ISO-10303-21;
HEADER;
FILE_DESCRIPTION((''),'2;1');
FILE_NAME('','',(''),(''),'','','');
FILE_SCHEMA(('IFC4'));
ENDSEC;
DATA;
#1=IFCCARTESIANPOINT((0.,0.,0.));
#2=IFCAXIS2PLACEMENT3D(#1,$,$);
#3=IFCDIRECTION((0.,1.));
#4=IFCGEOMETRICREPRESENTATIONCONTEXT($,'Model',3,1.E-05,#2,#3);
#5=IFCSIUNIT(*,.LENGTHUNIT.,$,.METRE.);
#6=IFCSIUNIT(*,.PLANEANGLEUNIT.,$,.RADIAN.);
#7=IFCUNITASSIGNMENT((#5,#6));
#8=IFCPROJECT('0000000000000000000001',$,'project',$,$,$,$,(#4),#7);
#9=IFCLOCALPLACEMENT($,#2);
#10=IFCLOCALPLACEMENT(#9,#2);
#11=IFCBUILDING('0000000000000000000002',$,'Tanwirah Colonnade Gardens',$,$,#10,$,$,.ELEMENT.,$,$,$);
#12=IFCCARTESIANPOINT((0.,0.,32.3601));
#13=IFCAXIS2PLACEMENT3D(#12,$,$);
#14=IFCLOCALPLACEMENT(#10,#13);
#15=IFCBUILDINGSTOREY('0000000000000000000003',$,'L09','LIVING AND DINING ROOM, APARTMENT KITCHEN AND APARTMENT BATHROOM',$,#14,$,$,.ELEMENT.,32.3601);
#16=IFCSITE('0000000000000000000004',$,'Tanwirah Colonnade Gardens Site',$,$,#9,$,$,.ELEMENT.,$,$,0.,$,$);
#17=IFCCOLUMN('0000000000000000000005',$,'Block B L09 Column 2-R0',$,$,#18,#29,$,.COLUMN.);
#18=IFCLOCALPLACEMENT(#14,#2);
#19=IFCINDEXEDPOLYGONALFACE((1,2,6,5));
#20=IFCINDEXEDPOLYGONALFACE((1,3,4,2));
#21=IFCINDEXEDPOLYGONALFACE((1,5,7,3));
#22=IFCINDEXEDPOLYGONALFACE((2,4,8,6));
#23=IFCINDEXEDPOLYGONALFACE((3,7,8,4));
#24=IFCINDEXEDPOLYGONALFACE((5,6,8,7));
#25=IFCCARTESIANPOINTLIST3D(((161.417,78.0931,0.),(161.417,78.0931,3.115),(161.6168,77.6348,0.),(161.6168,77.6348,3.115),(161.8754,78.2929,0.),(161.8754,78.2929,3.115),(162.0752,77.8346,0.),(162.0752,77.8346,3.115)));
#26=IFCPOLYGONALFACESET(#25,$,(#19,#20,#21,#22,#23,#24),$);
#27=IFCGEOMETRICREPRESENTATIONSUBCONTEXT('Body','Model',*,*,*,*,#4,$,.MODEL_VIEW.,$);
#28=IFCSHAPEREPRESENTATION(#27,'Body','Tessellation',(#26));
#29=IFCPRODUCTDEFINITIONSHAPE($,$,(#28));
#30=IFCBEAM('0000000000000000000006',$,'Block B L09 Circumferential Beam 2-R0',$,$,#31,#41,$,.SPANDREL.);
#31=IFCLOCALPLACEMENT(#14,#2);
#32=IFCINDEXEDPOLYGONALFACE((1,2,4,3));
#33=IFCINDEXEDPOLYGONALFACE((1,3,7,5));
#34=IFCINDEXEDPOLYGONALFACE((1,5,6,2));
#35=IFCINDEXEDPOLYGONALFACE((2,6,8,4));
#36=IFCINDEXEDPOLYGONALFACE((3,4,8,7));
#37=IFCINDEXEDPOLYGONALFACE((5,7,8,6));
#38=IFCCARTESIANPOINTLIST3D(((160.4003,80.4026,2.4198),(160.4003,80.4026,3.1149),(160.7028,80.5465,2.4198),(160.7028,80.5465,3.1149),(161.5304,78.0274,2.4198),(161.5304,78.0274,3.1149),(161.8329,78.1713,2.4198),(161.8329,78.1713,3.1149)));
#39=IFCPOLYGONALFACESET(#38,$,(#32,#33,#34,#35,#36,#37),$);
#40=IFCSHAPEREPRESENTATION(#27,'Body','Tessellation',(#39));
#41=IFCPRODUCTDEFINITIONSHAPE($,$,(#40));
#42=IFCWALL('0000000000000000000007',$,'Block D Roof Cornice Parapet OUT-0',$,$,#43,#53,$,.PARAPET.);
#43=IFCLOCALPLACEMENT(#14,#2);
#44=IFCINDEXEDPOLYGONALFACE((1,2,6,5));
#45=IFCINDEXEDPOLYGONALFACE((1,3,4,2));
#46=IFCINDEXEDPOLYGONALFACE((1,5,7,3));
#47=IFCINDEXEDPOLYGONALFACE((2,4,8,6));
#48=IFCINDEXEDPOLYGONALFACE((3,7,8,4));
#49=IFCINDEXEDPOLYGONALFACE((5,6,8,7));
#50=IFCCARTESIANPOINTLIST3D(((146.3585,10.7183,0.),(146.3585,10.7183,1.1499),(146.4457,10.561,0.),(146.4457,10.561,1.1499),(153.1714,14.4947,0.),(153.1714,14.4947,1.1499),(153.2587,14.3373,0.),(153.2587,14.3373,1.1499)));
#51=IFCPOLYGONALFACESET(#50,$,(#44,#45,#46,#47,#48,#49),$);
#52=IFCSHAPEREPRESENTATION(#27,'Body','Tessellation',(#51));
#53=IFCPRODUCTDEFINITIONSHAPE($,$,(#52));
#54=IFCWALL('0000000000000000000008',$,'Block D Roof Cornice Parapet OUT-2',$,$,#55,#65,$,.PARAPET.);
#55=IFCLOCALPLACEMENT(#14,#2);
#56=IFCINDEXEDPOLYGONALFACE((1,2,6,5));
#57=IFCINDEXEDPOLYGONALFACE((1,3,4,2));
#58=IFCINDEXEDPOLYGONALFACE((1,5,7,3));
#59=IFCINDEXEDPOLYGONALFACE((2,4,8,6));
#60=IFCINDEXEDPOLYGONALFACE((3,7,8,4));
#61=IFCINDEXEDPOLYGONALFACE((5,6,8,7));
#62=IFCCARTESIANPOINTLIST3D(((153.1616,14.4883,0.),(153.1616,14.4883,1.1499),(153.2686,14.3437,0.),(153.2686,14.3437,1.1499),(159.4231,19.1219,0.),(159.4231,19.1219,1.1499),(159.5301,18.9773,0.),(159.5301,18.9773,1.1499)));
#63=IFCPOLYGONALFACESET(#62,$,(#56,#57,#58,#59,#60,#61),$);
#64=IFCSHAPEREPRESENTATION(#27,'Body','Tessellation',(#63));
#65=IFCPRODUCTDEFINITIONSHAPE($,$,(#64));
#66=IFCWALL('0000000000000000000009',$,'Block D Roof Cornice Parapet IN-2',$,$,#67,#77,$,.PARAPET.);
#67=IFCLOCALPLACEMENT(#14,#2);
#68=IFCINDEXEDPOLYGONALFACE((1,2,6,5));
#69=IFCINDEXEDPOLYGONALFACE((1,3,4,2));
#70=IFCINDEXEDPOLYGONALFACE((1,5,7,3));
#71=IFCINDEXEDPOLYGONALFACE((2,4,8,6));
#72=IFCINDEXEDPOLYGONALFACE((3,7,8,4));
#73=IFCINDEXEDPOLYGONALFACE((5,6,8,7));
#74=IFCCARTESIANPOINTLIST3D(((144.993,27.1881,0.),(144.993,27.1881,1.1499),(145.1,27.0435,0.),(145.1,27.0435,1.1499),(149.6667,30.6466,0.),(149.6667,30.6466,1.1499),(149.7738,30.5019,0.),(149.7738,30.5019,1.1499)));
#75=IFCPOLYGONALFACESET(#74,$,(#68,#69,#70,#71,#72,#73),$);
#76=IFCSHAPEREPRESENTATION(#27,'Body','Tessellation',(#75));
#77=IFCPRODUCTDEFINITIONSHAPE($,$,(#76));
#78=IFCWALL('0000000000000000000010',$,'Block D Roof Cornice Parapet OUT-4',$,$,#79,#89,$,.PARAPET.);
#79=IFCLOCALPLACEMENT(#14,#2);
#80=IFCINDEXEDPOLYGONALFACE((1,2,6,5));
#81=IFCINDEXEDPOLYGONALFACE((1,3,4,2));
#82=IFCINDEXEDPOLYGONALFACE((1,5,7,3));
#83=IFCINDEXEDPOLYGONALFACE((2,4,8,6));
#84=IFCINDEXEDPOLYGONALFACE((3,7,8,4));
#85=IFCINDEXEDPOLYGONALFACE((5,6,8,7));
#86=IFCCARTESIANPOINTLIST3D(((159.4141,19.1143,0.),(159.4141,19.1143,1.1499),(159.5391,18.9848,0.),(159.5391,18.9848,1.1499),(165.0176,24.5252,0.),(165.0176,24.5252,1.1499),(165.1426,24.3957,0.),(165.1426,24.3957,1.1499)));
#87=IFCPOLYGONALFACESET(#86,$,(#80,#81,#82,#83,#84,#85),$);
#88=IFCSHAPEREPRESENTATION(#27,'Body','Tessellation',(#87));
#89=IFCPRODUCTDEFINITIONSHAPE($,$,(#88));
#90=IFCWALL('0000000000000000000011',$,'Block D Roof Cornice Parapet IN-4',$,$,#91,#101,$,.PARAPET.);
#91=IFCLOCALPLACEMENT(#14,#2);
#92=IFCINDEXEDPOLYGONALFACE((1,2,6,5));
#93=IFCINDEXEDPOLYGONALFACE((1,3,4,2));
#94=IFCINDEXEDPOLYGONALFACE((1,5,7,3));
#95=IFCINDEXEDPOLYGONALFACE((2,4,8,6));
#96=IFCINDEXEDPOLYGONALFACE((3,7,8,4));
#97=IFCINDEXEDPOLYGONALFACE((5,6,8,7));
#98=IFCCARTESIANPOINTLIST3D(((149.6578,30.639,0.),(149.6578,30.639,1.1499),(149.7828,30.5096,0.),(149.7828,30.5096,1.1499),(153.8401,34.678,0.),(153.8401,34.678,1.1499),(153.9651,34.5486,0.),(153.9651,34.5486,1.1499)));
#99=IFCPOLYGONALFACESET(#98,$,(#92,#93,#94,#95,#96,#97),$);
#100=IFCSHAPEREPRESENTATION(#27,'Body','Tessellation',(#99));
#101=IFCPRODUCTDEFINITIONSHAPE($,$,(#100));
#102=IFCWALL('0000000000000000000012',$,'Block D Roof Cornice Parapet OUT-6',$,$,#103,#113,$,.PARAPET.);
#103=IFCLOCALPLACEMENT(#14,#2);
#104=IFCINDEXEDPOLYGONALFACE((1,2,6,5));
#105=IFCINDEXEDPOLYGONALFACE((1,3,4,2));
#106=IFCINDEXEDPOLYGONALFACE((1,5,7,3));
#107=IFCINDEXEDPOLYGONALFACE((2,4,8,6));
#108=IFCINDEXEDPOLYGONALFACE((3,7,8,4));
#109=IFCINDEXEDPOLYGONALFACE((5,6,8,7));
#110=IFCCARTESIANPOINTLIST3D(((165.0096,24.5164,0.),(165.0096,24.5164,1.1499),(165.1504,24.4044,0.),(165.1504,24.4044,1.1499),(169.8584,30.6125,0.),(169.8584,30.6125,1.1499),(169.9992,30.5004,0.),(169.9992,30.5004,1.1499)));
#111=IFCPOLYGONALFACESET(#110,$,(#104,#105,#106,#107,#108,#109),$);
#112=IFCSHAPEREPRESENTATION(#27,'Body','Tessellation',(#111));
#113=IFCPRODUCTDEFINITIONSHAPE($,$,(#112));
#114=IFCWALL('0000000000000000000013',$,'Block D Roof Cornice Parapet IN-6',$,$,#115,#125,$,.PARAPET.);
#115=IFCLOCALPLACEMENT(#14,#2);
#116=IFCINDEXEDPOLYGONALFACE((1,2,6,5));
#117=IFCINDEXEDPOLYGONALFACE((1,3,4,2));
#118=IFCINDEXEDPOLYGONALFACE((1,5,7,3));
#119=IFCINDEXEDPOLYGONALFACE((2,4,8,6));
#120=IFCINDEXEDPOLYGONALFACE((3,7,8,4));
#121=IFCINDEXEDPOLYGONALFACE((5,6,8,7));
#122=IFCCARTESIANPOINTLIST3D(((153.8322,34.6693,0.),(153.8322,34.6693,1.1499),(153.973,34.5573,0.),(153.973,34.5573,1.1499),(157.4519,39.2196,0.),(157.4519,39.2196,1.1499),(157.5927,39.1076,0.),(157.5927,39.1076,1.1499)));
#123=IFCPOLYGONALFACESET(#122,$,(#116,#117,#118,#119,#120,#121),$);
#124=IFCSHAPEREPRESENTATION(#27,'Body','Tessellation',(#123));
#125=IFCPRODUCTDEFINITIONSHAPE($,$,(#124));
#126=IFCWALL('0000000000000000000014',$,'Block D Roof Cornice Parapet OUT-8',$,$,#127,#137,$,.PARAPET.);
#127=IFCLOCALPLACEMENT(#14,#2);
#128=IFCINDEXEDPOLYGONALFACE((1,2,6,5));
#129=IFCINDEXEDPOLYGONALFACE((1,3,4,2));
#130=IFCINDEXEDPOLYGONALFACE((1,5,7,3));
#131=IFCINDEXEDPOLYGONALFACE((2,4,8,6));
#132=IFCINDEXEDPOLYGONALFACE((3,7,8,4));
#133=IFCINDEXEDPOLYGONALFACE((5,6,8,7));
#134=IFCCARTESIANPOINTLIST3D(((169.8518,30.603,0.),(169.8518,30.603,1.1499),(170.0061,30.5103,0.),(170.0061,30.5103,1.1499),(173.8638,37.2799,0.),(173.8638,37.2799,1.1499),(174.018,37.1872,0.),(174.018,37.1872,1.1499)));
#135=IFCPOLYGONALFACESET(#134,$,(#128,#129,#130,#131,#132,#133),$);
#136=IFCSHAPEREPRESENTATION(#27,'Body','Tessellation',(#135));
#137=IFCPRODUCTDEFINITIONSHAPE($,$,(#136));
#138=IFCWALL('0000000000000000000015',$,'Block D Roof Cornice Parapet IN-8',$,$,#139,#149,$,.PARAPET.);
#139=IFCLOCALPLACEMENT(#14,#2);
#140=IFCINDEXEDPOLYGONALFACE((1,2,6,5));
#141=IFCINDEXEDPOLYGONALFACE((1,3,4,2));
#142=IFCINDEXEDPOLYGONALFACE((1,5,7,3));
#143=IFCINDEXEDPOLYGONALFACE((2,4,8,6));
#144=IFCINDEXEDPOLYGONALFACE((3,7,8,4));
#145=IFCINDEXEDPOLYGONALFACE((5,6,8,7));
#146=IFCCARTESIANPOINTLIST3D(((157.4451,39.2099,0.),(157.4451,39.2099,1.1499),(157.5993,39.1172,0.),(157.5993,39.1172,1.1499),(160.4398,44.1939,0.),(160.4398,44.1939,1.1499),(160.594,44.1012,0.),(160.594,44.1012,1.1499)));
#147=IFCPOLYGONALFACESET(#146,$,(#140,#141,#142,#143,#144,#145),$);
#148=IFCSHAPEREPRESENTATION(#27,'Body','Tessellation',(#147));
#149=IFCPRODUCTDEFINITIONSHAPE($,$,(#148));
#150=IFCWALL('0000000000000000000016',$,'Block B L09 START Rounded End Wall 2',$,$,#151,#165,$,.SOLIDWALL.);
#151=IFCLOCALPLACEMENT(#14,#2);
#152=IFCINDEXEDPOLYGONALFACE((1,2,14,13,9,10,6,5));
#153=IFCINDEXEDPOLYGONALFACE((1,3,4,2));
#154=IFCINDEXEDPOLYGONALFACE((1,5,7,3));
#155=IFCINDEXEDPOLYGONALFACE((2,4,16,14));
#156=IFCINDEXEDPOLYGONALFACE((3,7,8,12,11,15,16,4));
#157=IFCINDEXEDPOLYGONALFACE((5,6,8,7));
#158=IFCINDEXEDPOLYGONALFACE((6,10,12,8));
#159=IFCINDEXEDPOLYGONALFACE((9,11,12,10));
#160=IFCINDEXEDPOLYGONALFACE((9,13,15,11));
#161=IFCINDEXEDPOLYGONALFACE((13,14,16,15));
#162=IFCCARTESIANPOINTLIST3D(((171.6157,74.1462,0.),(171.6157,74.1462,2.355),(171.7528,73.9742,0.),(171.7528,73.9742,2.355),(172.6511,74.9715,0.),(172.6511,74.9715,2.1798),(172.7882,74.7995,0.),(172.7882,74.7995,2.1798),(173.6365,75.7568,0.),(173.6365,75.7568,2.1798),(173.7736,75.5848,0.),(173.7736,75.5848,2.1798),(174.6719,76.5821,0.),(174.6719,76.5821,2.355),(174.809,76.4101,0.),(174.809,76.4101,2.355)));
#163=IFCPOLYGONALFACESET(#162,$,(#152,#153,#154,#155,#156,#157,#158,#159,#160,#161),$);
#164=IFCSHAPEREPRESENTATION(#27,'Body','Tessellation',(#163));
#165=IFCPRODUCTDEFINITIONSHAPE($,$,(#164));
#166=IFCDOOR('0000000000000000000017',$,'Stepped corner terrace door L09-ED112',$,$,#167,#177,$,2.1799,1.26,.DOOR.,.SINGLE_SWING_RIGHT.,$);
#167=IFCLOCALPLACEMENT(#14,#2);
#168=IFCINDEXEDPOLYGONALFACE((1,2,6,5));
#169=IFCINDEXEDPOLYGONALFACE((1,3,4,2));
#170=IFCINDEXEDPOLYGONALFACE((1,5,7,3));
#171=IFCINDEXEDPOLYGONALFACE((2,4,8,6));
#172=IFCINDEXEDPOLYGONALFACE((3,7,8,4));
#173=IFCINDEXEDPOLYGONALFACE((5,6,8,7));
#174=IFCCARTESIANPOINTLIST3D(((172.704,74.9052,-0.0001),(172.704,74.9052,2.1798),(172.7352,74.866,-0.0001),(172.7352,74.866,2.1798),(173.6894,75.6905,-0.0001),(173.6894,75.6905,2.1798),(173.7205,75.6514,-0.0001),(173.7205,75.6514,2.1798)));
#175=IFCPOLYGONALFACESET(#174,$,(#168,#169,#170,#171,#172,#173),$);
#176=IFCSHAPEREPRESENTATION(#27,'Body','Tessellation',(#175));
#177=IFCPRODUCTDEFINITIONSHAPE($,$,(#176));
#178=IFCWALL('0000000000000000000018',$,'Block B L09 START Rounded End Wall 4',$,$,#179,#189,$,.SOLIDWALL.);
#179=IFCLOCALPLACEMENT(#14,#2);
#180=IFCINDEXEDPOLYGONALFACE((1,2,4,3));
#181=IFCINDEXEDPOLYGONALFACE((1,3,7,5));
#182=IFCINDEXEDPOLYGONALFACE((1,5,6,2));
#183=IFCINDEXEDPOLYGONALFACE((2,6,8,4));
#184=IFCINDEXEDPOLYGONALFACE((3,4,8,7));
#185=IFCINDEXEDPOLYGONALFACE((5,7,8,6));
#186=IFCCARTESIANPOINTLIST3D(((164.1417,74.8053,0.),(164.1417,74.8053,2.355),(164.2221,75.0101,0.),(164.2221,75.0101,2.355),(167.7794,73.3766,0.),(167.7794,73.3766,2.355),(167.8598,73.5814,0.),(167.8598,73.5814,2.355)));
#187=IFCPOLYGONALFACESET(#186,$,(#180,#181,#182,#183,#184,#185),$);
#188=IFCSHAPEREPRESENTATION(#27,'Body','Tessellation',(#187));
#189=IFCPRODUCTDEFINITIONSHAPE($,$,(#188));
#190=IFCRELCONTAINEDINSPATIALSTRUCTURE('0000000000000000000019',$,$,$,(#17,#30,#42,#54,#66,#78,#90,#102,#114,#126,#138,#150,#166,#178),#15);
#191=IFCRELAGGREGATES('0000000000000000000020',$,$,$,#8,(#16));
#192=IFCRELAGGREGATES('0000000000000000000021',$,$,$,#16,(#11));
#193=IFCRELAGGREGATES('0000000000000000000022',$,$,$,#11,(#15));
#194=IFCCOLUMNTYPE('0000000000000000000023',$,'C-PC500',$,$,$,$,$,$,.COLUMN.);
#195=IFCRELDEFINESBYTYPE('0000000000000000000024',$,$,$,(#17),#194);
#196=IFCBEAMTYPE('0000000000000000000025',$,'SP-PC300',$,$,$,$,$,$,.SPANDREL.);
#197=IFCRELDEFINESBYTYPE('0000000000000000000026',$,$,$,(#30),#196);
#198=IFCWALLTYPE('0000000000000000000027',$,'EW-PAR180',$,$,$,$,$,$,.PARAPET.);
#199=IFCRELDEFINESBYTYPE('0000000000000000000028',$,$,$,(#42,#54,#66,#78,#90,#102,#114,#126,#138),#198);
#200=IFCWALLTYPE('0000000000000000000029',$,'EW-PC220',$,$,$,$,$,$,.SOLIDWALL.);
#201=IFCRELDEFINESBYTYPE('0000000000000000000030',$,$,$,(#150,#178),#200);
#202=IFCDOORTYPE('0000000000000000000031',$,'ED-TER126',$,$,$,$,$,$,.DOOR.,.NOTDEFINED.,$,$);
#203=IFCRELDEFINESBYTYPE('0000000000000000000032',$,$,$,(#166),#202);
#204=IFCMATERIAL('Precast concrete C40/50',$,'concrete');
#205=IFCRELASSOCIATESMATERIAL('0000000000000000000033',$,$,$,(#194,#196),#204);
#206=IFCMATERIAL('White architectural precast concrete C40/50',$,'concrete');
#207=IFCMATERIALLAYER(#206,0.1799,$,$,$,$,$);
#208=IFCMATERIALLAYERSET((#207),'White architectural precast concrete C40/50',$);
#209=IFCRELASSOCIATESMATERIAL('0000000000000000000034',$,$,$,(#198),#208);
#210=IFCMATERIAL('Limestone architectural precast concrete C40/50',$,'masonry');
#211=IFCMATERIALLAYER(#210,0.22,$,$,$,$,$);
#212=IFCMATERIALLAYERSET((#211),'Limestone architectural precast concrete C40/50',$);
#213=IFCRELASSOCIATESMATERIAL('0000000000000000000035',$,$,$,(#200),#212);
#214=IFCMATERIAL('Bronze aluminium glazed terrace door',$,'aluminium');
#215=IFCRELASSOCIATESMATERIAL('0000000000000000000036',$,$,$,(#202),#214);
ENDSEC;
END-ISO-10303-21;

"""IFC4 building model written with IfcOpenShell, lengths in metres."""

from ifc_helpers import new_model, si_unit, direction, frame, frame_2d, origin, origin_2d, place, context, subcontext, project, spatial, rectangle, extrude, material, layer, layer_set, material_profile, profile_set, type_object, element, fill, save


model = new_model("IFC4")

# Units and contexts
model_context = context("Model", 3, precision=1e-05, world=origin(), true_north=direction((0.0, 1.0)))
body_context = subcontext(model_context, "Body", "Model", "MODEL_VIEW")
ifc_project = project(units=[si_unit("LENGTHUNIT", "METRE"), si_unit("PLANEANGLEUNIT", "RADIAN")], contexts=[model_context])

# Site, building, storey
site_placement = place(None, origin())
site = spatial("IfcSite", under=ifc_project, at=site_placement, Name="Tanwirah Colonnade Gardens Site", CompositionType="ELEMENT", RefElevation=0.0)
building_placement = place(site_placement, origin())
building = spatial("IfcBuilding", under=site, at=building_placement, Name="Tanwirah Colonnade Gardens", CompositionType="ELEMENT")
storey_placement = place(building_placement, frame((0.0, 0.0, 32.3601)))
storey = spatial("IfcBuildingStorey", under=building, at=storey_placement, Name="L09", Description="LIVING AND DINING ROOM, APARTMENT KITCHEN AND APARTMENT BATHROOM", CompositionType="ELEMENT", Elevation=32.3601)

# Column
ifc_material_1 = material(Name="Precast concrete C40/50", Category="concrete")
ifc_material_profile_1 = material_profile(ifc_material_1, rectangle(XDim=0.5, YDim=0.5, at=origin_2d()), Name="PC-COL 500x500")
ifc_profile_set_1 = profile_set([ifc_material_profile_1], Name="Precast concrete C40/50")
column_type = type_object("IfcColumnType", Name="C-PC500", PredefinedType="COLUMN", material=ifc_profile_set_1)
column_placement = place(storey_placement, frame((161.7461, 77.9639, 0.0), z_axis=(0.0, 0.0, 1.0), x_axis=(0.916673, 0.399638, 0.0)))
element("IfcColumn", 1, at=column_placement, inside=storey, type_object=column_type, Name="Block B L09 Column 2-R0", PredefinedType="COLUMN", context=body_context, shape_type="SweptSolid", body=[
    extrude(rectangle(XDim=0.5, YDim=0.5, at=origin_2d()), origin(), (0.0, 0.0, 1.0), 3.115),
])

# Beam
ifc_material_profile_2 = material_profile(ifc_material_1, rectangle(XDim=0.335, YDim=0.6951, at=origin_2d()), Name="PC-SP 335x695")
ifc_profile_set_2 = profile_set([ifc_material_profile_2], Name="Precast concrete C40/50")
beam_type = type_object("IfcBeamType", Name="SP-PC300", PredefinedType="SPANDREL", material=ifc_profile_set_2)
beam_placement = place(storey_placement, frame((161.6816, 78.0994, 2.7673), z_axis=(-0.429642, 0.902999, 0.0), x_axis=(-0.902999, -0.429642, 0.0)))
element("IfcBeam", 2, at=beam_placement, inside=storey, type_object=beam_type, Name="Block B L09 Circumferential Beam 2-R0", PredefinedType="SPANDREL", context=body_context, shape_type="SweptSolid", body=[
    extrude(rectangle(XDim=0.335, YDim=0.6951, at=origin_2d()), origin(), (0.0, 0.0, 1.0), 2.6304),
])

# Walls
ifc_material_2 = material(Name="White architectural precast concrete C40/50", Category="concrete")
ifc_layer_1 = layer(ifc_material_2, 0.1799)
ifc_layer_set_1 = layer_set([ifc_layer_1], Name="White architectural precast concrete C40/50")
wall_type_1 = type_object("IfcWallType", Name="EW-PAR180", PredefinedType="PARAPET", material=ifc_layer_set_1)
for number, where, z_axis, x_axis, name in (
    (3, (146.4021, 10.6396, 0.0), (0.0, 0.0, 1.0), (0.874627, 0.484796, 0.0), "Block D Roof Cornice Parapet OUT-0"),
    (4, (153.2151, 14.416, 0.0), (0.0, 0.0, 1.0), (0.803839, 0.594847, 0.0), "Block D Roof Cornice Parapet OUT-2"),
):
    element("IfcWall", number, at=place(storey_placement, frame(where, z_axis=z_axis, x_axis=x_axis)), inside=storey, type_object=wall_type_1, Name=name, PredefinedType="PARAPET", context=body_context, shape_type="SweptSolid", body=[
        extrude(rectangle(XDim=7.7896, YDim=0.1799, at=frame_2d((3.8948, 0.0))), origin(), (0.0, 0.0, 1.0), 1.1499),
    ])
wall_1_placement = place(storey_placement, frame((145.0464, 27.1157, 0.0), z_axis=(0.0, 0.0, 1.0), x_axis=(0.803853, 0.594828, 0.0)))
element("IfcWall", 5, at=wall_1_placement, inside=storey, type_object=wall_type_1, Name="Block D Roof Cornice Parapet IN-2", PredefinedType="PARAPET", context=body_context, shape_type="SweptSolid", body=[
    extrude(rectangle(XDim=5.8142, YDim=0.1799, at=frame_2d((2.9072, 0.0))), origin(), (0.0, 0.0, 1.0), 1.1499),
])
wall_2_placement = place(storey_placement, frame((159.4766, 19.0496, 0.0), z_axis=(0.0, 0.0, 1.0), x_axis=(0.719363, 0.694634, 0.0)))
element("IfcWall", 6, at=wall_2_placement, inside=storey, type_object=wall_type_1, Name="Block D Roof Cornice Parapet OUT-4", PredefinedType="PARAPET", context=body_context, shape_type="SweptSolid", body=[
    extrude(rectangle(XDim=7.7896, YDim=0.1799, at=frame_2d((3.8948, 0.0))), origin(), (0.0, 0.0, 1.0), 1.1499),
])
wall_3_placement = place(storey_placement, frame((149.7202, 30.5742, 0.0), z_axis=(0.0, 0.0, 1.0), x_axis=(0.719323, 0.694675, 0.0)))
element("IfcWall", 7, at=wall_3_placement, inside=storey, type_object=wall_type_1, Name="Block D Roof Cornice Parapet IN-4", PredefinedType="PARAPET", context=body_context, shape_type="SweptSolid", body=[
    extrude(rectangle(XDim=5.8142, YDim=0.1799, at=frame_2d((2.9072, 0.0))), origin(), (0.0, 0.0, 1.0), 1.1499),
])
wall_4_placement = place(storey_placement, frame((165.0801, 24.4604, 0.0), z_axis=(0.0, 0.0, 1.0), x_axis=(0.622495, 0.782624, 0.0)))
element("IfcWall", 8, at=wall_4_placement, inside=storey, type_object=wall_type_1, Name="Block D Roof Cornice Parapet OUT-6", PredefinedType="PARAPET", context=body_context, shape_type="SweptSolid", body=[
    extrude(rectangle(XDim=7.7893, YDim=0.1799, at=frame_2d((3.8945, 0.0))), origin(), (0.0, 0.0, 1.0), 1.1499),
])
wall_5_placement = place(storey_placement, frame((153.9026, 34.6133, 0.0), z_axis=(0.0, 0.0, 1.0), x_axis=(0.622532, 0.782595, 0.0)))
element("IfcWall", 9, at=wall_5_placement, inside=storey, type_object=wall_type_1, Name="Block D Roof Cornice Parapet IN-6", PredefinedType="PARAPET", context=body_context, shape_type="SweptSolid", body=[
    extrude(rectangle(XDim=5.8145, YDim=0.1799, at=frame_2d((2.9072, 0.0))), origin(), (0.0, 0.0, 1.0), 1.1499),
])
wall_6_placement = place(storey_placement, frame((169.929, 30.5566, 0.0), z_axis=(0.0, 0.0, 1.0), x_axis=(0.51504, 0.857166, 0.0)))
element("IfcWall", 10, at=wall_6_placement, inside=storey, type_object=wall_type_1, Name="Block D Roof Cornice Parapet OUT-8", PredefinedType="PARAPET", context=body_context, shape_type="SweptSolid", body=[
    extrude(rectangle(XDim=7.7896, YDim=0.1799, at=frame_2d((3.8948, 0.0))), origin(), (0.0, 0.0, 1.0), 1.1499),
])
wall_7_placement = place(storey_placement, frame((157.5222, 39.1636, 0.0), z_axis=(0.0, 0.0, 1.0), x_axis=(0.515039, 0.857167, 0.0)))
element("IfcWall", 11, at=wall_7_placement, inside=storey, type_object=wall_type_1, Name="Block D Roof Cornice Parapet IN-8", PredefinedType="PARAPET", context=body_context, shape_type="SweptSolid", body=[
    extrude(rectangle(XDim=5.8145, YDim=0.1799, at=frame_2d((2.9072, 0.0))), origin(), (0.0, 0.0, 1.0), 1.1499),
])

# Wall, opening, door
ifc_material_3 = material(Name="Limestone architectural precast concrete C40/50", Category="masonry")
ifc_layer_2 = layer(ifc_material_3, 0.22)
ifc_layer_set_2 = layer_set([ifc_layer_2], Name="Limestone architectural precast concrete C40/50")
wall_type_2 = type_object("IfcWallType", Name="EW-PC220", PredefinedType="SOLIDWALL", material=ifc_layer_set_2)
wall_8_placement = place(storey_placement, frame((174.7405, 76.4961, 0.0), z_axis=(0.0, 0.0, 1.0), x_axis=(-0.782007, -0.623269, 0.0)))
wall_8 = element("IfcWall", 12, at=wall_8_placement, inside=storey, type_object=wall_type_2, Name="Block B L09 START Rounded End Wall 2", PredefinedType="SOLIDWALL", context=body_context, shape_type="SweptSolid", body=[
    extrude(rectangle(XDim=3.9082, YDim=0.22, at=frame_2d((1.9541, 0.0))), origin(), (0.0, 0.0, 1.0), 2.355),
])
opening_1_placement = place(wall_8_placement, frame((1.3242, 0.0, 0.0)))
opening_1 = element("IfcOpeningElement", 13, at=opening_1_placement, cuts=wall_8, PredefinedType="OPENING", context=body_context, shape_type="SweptSolid", body=[
    extrude(rectangle(XDim=1.26, YDim=2.1799, at=frame_2d((0.6299, 1.0898))), frame((0.0, 0.1199, 0.0), z_axis=(0.0, -1.0, 0.0), x_axis=(1.0, 0.0, 0.0)), (0.0, 0.0, 1.0), 0.24),
])
ifc_material_4 = material(Name="Bronze aluminium glazed terrace door", Category="aluminium")
door_type = type_object("IfcDoorType", Name="ED-TER126", OperationType="NOTDEFINED", PredefinedType="DOOR", material=ifc_material_4)
door_placement = place(opening_1_placement, origin())
door = element("IfcDoor", 14, at=door_placement, inside=storey, type_object=door_type, Name="Stepped corner terrace door L09-ED112", OperationType="SINGLE_SWING_RIGHT", OverallHeight=2.1799, OverallWidth=1.26, PredefinedType="DOOR", context=body_context, shape_type="SweptSolid", body=[
    extrude(rectangle(XDim=1.26, YDim=2.1799, at=frame_2d((0.6299, 1.0898))), frame((0.0, 0.0249, 0.0), z_axis=(0.0, -1.0, 0.0), x_axis=(1.0, 0.0, 0.0)), (0.0, 0.0, 1.0), 0.05),
])
fill(opening_1, door)

# Wall
wall_9_placement = place(storey_placement, frame((167.8196, 73.479, 0.0), z_axis=(0.0, 0.0, 1.0), x_axis=(-0.930785, 0.365567, 0.0)))
element("IfcWall", 15, at=wall_9_placement, inside=storey, type_object=wall_type_2, Name="Block B L09 START Rounded End Wall 4", PredefinedType="SOLIDWALL", context=body_context, shape_type="SweptSolid", body=[
    extrude(rectangle(XDim=3.9082, YDim=0.22, at=frame_2d((1.9541, 0.0))), origin(), (0.0, 0.0, 1.0), 2.355),
])

save(model, "model.ifc")
